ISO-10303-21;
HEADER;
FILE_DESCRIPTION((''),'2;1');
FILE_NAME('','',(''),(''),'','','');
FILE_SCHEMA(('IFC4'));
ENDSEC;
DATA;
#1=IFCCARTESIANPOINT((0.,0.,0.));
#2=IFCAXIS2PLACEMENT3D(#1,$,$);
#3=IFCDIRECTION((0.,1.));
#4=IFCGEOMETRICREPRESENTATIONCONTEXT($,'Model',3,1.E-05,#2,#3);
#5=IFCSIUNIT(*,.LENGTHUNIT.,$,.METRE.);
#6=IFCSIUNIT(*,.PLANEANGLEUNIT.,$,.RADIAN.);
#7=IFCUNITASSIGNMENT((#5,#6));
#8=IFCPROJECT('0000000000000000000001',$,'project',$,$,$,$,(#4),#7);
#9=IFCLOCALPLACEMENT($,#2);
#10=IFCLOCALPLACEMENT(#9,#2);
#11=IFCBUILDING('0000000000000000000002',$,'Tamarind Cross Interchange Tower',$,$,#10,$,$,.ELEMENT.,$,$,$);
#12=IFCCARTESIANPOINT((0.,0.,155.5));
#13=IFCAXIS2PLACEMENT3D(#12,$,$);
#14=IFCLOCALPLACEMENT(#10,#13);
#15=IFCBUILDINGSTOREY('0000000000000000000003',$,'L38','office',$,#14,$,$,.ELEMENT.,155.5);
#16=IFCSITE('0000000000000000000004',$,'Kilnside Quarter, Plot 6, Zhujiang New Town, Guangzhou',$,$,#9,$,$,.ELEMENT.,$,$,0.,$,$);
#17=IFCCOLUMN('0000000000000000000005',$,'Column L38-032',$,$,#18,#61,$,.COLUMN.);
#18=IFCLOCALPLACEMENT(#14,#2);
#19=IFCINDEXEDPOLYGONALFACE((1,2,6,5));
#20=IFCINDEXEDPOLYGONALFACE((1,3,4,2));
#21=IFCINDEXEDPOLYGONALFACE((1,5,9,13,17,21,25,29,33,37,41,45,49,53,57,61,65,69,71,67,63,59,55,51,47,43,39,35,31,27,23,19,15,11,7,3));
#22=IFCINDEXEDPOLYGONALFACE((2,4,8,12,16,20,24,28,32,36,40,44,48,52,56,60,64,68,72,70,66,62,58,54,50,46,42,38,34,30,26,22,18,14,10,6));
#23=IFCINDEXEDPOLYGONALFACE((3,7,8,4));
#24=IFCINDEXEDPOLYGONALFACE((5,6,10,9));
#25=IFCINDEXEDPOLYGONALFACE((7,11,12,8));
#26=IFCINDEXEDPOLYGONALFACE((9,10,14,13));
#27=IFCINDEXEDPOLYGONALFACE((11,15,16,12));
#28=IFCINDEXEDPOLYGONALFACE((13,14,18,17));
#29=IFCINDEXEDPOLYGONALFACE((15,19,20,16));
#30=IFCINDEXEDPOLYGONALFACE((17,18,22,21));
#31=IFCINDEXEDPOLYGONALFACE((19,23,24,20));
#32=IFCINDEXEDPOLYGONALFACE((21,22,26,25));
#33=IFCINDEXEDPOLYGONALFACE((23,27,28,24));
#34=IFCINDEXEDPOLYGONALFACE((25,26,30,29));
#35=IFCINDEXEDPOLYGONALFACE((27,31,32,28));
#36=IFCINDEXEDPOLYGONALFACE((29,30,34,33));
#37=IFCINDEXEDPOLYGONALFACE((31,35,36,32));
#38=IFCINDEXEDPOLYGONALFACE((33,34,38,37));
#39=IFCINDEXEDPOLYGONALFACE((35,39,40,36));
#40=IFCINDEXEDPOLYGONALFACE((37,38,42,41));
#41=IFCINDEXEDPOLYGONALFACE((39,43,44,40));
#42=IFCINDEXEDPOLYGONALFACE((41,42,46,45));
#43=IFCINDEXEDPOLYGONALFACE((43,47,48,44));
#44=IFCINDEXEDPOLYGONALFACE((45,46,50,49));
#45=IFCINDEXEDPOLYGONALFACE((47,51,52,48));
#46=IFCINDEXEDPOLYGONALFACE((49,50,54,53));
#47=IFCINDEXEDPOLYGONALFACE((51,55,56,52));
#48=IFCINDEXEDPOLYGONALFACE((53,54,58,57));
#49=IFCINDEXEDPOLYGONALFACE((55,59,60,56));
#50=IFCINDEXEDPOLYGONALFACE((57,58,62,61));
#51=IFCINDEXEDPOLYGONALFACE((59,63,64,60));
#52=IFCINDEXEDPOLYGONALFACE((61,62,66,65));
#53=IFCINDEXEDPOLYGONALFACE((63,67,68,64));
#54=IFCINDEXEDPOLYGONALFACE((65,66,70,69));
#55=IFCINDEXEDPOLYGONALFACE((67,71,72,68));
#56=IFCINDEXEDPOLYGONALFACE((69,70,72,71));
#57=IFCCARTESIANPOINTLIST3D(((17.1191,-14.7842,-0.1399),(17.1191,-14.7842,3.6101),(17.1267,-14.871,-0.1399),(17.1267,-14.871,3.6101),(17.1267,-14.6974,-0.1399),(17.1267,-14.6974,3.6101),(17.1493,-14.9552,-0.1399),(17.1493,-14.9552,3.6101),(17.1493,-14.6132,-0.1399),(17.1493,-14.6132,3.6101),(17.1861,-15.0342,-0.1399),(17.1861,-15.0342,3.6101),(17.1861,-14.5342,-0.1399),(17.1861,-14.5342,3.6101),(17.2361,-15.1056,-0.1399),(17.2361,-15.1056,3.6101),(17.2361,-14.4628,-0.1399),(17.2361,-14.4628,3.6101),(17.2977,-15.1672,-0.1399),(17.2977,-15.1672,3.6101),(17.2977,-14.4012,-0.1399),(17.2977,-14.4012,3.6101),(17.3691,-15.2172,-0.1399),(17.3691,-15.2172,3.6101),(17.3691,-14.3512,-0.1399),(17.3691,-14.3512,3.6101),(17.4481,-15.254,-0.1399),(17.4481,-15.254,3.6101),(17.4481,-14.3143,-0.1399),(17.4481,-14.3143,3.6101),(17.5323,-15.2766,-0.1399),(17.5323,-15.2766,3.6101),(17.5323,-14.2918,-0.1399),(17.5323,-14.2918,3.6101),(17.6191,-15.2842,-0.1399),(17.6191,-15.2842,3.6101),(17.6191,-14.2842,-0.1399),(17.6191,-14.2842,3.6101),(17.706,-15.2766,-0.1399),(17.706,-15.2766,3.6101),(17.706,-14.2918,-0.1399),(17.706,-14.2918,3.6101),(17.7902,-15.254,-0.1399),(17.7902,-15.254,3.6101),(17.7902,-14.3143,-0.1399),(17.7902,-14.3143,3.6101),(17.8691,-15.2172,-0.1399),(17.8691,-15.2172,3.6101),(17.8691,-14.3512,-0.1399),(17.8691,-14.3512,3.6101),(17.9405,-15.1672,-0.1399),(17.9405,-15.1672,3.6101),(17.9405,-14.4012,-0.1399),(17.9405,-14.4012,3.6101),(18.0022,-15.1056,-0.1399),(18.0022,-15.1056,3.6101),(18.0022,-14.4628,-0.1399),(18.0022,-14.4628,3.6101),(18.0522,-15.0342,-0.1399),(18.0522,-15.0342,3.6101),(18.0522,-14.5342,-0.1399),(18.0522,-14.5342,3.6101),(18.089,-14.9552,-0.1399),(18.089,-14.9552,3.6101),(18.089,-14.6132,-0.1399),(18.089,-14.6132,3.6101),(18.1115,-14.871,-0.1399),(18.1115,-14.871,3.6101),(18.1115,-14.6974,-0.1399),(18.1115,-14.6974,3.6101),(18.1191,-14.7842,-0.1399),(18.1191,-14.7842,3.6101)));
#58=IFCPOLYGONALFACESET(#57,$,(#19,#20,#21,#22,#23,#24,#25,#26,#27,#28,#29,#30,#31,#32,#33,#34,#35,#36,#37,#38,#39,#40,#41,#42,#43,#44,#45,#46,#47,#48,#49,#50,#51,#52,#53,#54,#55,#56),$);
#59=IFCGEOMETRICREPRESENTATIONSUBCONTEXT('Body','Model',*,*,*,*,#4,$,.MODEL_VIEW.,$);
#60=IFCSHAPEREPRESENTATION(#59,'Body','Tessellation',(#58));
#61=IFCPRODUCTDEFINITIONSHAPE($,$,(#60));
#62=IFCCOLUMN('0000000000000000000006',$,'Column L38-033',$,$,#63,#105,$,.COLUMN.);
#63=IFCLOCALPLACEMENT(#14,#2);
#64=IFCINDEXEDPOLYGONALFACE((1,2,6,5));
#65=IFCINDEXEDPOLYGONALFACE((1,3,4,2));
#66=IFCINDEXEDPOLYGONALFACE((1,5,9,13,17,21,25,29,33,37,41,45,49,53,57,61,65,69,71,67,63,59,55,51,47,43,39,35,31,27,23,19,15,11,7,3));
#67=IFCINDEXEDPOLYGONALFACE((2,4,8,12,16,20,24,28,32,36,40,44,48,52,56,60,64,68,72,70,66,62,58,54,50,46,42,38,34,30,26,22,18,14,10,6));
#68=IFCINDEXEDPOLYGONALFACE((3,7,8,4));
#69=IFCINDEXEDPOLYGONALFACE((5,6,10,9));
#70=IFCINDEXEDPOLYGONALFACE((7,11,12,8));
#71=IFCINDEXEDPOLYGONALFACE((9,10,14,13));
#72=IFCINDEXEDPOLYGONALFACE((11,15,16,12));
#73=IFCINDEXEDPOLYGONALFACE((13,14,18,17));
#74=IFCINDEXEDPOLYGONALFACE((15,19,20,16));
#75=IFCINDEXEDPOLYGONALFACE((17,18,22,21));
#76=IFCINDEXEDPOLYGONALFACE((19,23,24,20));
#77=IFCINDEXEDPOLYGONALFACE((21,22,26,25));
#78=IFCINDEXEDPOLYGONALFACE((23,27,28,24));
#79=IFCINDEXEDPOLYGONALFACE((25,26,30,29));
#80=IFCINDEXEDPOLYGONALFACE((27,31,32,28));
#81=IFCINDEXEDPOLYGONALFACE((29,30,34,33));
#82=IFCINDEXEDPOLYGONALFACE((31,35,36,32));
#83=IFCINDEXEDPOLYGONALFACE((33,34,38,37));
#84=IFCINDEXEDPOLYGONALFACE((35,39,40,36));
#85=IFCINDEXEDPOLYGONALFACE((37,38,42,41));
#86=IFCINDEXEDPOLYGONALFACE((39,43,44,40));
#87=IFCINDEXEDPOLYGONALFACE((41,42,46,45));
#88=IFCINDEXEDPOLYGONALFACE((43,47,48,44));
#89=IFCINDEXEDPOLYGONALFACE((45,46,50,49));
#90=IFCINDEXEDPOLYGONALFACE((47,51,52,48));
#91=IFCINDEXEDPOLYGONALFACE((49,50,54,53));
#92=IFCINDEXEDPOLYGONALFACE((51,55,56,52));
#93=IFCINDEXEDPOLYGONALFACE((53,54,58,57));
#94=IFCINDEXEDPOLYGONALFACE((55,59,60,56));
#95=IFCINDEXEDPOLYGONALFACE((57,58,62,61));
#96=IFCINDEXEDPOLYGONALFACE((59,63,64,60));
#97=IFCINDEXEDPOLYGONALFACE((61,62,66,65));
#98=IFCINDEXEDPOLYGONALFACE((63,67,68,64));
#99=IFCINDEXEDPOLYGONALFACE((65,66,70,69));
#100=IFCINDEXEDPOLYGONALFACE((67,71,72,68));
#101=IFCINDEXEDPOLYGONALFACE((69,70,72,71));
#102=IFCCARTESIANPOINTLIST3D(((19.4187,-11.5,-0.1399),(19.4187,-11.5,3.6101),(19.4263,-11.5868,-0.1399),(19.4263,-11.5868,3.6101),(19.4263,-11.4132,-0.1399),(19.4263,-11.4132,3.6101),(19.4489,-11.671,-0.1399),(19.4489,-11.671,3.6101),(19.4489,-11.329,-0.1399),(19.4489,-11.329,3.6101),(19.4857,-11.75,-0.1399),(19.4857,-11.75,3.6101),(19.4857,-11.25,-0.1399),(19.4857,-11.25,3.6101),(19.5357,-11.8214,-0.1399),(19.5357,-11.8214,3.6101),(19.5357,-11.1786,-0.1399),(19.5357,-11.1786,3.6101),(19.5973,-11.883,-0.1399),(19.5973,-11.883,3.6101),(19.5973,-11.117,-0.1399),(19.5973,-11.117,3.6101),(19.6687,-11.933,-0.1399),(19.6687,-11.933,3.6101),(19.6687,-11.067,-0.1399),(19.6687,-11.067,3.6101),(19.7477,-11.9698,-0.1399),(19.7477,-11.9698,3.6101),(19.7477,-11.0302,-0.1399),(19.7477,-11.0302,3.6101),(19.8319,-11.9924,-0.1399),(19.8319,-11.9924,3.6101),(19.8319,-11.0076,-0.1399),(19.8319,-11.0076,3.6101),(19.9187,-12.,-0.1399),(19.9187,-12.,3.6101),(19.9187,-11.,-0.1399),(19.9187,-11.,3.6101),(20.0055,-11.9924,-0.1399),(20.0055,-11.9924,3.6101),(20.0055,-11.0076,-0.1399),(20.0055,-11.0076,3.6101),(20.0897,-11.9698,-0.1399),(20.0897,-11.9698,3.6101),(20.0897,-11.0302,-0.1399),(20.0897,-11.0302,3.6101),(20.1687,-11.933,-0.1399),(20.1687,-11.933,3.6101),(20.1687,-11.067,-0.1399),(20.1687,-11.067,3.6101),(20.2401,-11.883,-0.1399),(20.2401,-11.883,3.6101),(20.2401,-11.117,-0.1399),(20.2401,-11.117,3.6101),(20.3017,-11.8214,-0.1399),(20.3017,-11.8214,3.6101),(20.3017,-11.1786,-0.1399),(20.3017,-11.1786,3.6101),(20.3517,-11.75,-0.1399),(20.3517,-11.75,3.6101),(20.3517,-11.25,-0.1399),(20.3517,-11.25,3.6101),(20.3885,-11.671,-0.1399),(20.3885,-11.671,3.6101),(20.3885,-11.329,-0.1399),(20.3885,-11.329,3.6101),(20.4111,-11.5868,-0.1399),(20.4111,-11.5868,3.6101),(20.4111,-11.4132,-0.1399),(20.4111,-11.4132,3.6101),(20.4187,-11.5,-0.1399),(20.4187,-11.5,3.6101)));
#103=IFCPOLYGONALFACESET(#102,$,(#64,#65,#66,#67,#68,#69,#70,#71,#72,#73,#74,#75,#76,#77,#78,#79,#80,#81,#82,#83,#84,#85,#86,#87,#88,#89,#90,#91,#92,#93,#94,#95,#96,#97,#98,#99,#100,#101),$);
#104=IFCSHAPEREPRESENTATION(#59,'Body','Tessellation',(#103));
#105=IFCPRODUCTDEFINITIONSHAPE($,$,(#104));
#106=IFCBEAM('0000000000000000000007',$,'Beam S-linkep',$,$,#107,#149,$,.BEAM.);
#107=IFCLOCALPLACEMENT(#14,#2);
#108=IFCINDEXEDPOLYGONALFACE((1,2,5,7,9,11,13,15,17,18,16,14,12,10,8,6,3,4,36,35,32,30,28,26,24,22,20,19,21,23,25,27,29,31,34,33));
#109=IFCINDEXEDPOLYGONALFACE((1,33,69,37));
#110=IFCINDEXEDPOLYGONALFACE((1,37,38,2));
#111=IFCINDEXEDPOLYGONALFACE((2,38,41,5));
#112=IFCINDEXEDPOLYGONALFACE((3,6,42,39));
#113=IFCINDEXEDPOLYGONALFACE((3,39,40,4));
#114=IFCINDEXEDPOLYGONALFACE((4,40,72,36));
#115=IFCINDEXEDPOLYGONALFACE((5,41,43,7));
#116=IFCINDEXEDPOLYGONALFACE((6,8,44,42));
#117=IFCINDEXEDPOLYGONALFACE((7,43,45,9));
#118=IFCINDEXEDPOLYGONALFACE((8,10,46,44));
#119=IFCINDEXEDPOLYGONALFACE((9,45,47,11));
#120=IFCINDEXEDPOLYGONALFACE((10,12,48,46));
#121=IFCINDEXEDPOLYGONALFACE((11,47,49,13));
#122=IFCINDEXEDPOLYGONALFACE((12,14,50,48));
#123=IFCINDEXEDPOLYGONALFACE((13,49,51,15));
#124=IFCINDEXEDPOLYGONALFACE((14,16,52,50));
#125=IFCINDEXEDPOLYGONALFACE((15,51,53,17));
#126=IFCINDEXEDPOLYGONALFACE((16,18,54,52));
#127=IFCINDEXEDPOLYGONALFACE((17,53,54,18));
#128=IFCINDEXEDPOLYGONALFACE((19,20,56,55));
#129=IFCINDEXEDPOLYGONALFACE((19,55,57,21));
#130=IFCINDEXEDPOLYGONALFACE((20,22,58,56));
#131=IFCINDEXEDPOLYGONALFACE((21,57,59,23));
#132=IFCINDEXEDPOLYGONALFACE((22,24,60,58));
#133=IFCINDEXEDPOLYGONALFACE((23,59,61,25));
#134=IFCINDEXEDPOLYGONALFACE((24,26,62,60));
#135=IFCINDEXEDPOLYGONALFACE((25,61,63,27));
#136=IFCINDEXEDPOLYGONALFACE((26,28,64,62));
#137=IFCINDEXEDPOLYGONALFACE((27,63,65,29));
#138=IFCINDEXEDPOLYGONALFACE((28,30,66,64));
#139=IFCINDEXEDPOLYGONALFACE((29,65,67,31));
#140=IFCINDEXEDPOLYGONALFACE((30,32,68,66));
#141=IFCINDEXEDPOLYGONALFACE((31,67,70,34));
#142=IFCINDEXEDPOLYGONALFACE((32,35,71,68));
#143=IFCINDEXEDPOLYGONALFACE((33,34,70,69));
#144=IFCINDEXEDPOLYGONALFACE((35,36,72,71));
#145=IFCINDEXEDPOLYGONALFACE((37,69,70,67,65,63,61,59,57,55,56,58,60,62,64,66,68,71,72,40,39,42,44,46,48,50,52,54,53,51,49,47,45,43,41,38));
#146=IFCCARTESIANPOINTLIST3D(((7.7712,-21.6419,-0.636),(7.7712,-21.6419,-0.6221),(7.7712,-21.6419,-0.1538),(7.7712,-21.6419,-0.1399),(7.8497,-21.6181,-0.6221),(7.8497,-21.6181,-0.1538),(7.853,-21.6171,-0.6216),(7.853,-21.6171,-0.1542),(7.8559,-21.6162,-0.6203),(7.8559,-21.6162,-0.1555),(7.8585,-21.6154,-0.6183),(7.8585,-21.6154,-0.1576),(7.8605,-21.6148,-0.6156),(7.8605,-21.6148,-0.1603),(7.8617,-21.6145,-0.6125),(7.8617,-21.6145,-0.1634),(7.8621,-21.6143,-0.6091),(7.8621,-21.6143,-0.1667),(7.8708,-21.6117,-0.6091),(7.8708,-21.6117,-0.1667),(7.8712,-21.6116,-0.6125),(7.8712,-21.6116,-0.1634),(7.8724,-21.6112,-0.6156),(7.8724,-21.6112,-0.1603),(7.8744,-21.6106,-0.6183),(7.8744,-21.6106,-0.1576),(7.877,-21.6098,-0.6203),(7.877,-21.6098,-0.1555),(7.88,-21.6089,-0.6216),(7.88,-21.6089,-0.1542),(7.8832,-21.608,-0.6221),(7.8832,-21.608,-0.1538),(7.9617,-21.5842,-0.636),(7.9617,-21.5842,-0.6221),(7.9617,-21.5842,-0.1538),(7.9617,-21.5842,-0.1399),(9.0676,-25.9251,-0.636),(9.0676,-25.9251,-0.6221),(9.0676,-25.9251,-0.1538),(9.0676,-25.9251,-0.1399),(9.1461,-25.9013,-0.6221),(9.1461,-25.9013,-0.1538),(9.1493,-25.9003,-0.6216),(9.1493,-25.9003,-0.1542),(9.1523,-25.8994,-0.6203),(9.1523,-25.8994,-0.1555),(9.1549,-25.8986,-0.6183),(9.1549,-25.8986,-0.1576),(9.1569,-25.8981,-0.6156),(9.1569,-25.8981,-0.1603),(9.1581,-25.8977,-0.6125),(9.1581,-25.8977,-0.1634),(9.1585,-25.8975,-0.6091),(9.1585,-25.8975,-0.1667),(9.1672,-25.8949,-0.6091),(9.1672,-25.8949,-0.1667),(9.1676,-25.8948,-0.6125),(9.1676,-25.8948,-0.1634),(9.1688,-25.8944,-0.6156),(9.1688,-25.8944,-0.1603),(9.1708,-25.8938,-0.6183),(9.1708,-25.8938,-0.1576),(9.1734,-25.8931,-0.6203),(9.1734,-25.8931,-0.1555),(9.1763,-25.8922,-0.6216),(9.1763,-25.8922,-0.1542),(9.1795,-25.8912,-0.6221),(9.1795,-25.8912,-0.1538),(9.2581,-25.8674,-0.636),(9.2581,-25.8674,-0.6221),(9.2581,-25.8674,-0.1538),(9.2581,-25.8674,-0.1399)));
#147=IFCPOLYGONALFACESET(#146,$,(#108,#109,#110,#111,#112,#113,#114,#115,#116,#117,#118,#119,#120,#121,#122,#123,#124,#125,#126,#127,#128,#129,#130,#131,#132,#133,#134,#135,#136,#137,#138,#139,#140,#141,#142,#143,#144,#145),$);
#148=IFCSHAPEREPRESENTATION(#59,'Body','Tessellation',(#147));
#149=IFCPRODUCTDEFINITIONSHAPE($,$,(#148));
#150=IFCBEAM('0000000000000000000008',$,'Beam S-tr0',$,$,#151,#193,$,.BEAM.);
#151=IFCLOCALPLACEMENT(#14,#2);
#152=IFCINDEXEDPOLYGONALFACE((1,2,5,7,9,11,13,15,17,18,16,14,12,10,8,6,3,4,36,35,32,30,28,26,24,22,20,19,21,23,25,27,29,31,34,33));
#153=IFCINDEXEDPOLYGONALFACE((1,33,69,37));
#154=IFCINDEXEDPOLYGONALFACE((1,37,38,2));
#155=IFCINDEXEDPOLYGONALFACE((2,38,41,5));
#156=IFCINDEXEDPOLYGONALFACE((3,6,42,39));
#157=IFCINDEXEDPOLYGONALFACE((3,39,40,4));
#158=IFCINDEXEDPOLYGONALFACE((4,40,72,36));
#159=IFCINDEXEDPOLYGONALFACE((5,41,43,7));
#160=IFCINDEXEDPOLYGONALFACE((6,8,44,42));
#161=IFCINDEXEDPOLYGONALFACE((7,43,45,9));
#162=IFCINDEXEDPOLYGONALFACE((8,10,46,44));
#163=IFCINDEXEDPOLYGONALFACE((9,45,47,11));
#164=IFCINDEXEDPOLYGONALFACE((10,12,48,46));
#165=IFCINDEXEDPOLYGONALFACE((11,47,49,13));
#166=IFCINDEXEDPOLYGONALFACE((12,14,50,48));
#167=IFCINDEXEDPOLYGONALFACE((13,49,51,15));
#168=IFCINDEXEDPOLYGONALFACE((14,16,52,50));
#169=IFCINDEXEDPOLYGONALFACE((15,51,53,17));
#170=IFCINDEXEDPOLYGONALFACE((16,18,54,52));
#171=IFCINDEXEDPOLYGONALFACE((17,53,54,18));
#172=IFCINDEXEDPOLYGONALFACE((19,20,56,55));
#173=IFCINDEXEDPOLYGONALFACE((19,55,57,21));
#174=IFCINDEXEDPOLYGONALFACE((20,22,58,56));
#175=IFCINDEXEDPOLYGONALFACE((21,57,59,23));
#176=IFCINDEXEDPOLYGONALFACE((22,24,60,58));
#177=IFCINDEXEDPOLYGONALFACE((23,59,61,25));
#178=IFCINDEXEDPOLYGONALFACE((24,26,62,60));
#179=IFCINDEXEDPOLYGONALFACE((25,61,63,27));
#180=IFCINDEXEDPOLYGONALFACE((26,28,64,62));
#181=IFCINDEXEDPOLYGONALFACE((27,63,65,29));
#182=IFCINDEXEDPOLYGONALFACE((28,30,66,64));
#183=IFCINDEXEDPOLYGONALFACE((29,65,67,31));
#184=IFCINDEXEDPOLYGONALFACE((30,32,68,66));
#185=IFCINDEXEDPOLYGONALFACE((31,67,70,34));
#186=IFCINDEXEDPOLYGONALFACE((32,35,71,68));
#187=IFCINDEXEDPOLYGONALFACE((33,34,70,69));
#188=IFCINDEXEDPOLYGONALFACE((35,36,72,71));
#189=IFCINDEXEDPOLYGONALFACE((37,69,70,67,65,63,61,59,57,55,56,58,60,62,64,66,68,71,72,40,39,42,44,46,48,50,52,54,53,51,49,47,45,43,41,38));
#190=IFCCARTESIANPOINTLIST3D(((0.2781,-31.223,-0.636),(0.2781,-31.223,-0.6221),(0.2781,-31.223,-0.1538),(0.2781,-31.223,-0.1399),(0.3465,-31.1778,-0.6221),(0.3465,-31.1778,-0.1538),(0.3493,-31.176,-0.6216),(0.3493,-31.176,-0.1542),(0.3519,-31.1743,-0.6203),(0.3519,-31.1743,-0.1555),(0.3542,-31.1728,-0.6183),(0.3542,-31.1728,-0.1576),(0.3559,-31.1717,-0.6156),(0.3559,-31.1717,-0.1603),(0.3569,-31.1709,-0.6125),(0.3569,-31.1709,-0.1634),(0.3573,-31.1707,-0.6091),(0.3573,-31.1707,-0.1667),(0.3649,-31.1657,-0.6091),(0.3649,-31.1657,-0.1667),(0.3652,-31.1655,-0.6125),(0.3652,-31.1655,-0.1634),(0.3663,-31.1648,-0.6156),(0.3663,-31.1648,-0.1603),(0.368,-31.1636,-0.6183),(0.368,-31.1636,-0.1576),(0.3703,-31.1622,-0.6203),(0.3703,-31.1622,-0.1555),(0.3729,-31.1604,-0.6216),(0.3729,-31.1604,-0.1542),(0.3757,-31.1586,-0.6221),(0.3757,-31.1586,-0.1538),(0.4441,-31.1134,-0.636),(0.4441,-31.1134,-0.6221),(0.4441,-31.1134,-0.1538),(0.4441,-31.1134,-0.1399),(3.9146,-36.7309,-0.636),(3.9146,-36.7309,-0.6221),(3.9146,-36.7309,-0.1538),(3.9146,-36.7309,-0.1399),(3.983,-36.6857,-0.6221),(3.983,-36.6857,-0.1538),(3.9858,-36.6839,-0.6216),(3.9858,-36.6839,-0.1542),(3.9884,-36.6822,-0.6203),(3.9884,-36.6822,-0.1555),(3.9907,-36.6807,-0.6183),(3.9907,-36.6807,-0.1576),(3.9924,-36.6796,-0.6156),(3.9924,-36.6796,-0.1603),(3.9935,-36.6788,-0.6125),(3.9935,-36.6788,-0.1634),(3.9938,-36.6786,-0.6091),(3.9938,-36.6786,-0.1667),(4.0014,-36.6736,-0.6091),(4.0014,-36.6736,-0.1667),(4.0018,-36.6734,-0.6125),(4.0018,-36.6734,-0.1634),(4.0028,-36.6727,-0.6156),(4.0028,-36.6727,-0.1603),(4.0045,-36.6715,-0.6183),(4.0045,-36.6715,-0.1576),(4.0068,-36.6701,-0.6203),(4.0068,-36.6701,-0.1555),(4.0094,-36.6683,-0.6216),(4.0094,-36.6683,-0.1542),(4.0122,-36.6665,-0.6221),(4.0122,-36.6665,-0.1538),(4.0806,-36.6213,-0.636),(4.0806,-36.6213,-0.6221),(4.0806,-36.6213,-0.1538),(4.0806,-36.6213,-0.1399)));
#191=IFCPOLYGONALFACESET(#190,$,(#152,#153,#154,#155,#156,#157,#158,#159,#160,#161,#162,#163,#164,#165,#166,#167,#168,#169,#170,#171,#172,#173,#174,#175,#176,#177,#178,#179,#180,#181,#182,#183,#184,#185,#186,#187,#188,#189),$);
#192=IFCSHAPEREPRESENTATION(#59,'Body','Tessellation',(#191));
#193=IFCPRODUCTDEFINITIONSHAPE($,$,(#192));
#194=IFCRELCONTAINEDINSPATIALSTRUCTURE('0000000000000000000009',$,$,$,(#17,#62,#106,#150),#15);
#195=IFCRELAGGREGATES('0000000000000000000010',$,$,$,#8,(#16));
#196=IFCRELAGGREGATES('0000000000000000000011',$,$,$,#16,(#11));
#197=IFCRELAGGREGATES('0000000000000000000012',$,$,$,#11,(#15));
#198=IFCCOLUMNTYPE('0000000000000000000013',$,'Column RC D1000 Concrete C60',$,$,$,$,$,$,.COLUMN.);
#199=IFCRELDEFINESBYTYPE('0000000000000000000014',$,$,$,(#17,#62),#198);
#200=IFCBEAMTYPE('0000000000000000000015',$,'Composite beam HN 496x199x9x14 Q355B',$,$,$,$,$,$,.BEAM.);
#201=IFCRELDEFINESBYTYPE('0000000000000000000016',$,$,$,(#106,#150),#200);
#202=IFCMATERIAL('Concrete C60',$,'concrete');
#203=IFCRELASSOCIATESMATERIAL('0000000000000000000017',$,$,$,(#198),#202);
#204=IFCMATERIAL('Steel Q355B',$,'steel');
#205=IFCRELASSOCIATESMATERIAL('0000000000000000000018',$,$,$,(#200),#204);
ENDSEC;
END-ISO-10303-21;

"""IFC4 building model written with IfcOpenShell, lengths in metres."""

from ifc_helpers import new_model, si_unit, direction, frame, origin, origin_2d, place, context, subcontext, project, spatial, circle, i_section, extrude, material, material_profile, profile_set, type_object, element, save


model = new_model("IFC4")

# Units and contexts
model_context = context("Model", 3, precision=1e-05, world=origin(), true_north=direction((0.0, 1.0)))
body_context = subcontext(model_context, "Body", "Model", "MODEL_VIEW")
ifc_project = project(units=[si_unit("LENGTHUNIT", "METRE"), si_unit("PLANEANGLEUNIT", "RADIAN")], contexts=[model_context])

# Site, building, storey
site_placement = place(None, origin())
site = spatial("IfcSite", under=ifc_project, at=site_placement, Name="Kilnside Quarter, Plot 6, Zhujiang New Town, Guangzhou", CompositionType="ELEMENT", RefElevation=0.0)
building_placement = place(site_placement, origin())
building = spatial("IfcBuilding", under=site, at=building_placement, Name="Tamarind Cross Interchange Tower", CompositionType="ELEMENT")
storey_placement = place(building_placement, frame((0.0, 0.0, 155.5)))
storey = spatial("IfcBuildingStorey", under=building, at=storey_placement, Name="L38", Description="office", CompositionType="ELEMENT", Elevation=155.5)

# Columns
ifc_material_1 = material(Name="Concrete C60", Category="concrete")
ifc_material_profile_1 = material_profile(ifc_material_1, circle(Radius=0.5, at=origin_2d()), Name="RC D1000")
ifc_profile_set_1 = profile_set([ifc_material_profile_1], Name="Concrete C60")
column_type_1 = type_object("IfcColumnType", Name="Column RC D1000 Concrete C60", PredefinedType="COLUMN", material=ifc_profile_set_1)
for number, where, z_axis, x_axis, name in (
    (1, (17.6191, -14.7842, -0.1399), (0.0, 0.0, 1.0), (1.0, 0.0, 0.0), "Column L38-032"),
    (2, (19.9187, -11.5, -0.1399), (0.0, 0.0, 1.0), (1.0, 0.0, 0.0), "Column L38-033"),
):
    element("IfcColumn", number, at=place(storey_placement, frame(where, z_axis=z_axis, x_axis=x_axis)), inside=storey, type_object=column_type_1, Name=name, PredefinedType="COLUMN", context=body_context, shape_type="SweptSolid", body=[
        extrude(circle(Radius=0.5, at=origin_2d()), origin(), (0.0, 0.0, 1.0), 3.75),
    ])

# Beams
ifc_material_2 = material(Name="Steel Q355B", Category="steel")
ifc_material_profile_2 = material_profile(ifc_material_2, i_section(OverallWidth=0.199, OverallDepth=0.4961, WebThickness=0.009, FlangeThickness=0.0139, FilletRadius=0.0129, at=origin_2d()), Name="HN 496x199x9x14")
ifc_profile_set_2 = profile_set([ifc_material_profile_2], Name="Steel Q355B")
beam_type_1 = type_object("IfcBeamType", Name="Composite beam HN 496x199x9x14 Q355B", PredefinedType="BEAM", material=ifc_profile_set_2)
beam_1_placement = place(storey_placement, frame((9.1628, -25.8962, -0.3879), z_axis=(-0.289689, 0.957121, 0.0), x_axis=(-0.957121, -0.289689, 0.0)))
element("IfcBeam", 3, at=beam_1_placement, inside=storey, type_object=beam_type_1, Name="Beam S-linkep", PredefinedType="BEAM", context=body_context, shape_type="SweptSolid", body=[
    extrude(i_section(OverallWidth=0.199, OverallDepth=0.4961, WebThickness=0.009, FlangeThickness=0.0139, FilletRadius=0.0129, at=origin_2d()), origin(), (0.0, 0.0, 1.0), 4.4751),
])
for number, where, z_axis, x_axis, name in (
    (4, (0.3611, -31.1682, -0.3879), (0.550981, -0.834518, 0.0), (0.834518, 0.550981, 0.0), "Beam S-tr0"),
):
    element("IfcBeam", number, at=place(storey_placement, frame(where, z_axis=z_axis, x_axis=x_axis)), inside=storey, type_object=beam_type_1, Name=name, PredefinedType="BEAM", context=body_context, shape_type="SweptSolid", body=[
        extrude(i_section(OverallWidth=0.199, OverallDepth=0.4961, WebThickness=0.009, FlangeThickness=0.0139, FilletRadius=0.0129, at=origin_2d()), origin(), (0.0, 0.0, 1.0), 6.6001),
    ])

save(model, "model.ifc")
